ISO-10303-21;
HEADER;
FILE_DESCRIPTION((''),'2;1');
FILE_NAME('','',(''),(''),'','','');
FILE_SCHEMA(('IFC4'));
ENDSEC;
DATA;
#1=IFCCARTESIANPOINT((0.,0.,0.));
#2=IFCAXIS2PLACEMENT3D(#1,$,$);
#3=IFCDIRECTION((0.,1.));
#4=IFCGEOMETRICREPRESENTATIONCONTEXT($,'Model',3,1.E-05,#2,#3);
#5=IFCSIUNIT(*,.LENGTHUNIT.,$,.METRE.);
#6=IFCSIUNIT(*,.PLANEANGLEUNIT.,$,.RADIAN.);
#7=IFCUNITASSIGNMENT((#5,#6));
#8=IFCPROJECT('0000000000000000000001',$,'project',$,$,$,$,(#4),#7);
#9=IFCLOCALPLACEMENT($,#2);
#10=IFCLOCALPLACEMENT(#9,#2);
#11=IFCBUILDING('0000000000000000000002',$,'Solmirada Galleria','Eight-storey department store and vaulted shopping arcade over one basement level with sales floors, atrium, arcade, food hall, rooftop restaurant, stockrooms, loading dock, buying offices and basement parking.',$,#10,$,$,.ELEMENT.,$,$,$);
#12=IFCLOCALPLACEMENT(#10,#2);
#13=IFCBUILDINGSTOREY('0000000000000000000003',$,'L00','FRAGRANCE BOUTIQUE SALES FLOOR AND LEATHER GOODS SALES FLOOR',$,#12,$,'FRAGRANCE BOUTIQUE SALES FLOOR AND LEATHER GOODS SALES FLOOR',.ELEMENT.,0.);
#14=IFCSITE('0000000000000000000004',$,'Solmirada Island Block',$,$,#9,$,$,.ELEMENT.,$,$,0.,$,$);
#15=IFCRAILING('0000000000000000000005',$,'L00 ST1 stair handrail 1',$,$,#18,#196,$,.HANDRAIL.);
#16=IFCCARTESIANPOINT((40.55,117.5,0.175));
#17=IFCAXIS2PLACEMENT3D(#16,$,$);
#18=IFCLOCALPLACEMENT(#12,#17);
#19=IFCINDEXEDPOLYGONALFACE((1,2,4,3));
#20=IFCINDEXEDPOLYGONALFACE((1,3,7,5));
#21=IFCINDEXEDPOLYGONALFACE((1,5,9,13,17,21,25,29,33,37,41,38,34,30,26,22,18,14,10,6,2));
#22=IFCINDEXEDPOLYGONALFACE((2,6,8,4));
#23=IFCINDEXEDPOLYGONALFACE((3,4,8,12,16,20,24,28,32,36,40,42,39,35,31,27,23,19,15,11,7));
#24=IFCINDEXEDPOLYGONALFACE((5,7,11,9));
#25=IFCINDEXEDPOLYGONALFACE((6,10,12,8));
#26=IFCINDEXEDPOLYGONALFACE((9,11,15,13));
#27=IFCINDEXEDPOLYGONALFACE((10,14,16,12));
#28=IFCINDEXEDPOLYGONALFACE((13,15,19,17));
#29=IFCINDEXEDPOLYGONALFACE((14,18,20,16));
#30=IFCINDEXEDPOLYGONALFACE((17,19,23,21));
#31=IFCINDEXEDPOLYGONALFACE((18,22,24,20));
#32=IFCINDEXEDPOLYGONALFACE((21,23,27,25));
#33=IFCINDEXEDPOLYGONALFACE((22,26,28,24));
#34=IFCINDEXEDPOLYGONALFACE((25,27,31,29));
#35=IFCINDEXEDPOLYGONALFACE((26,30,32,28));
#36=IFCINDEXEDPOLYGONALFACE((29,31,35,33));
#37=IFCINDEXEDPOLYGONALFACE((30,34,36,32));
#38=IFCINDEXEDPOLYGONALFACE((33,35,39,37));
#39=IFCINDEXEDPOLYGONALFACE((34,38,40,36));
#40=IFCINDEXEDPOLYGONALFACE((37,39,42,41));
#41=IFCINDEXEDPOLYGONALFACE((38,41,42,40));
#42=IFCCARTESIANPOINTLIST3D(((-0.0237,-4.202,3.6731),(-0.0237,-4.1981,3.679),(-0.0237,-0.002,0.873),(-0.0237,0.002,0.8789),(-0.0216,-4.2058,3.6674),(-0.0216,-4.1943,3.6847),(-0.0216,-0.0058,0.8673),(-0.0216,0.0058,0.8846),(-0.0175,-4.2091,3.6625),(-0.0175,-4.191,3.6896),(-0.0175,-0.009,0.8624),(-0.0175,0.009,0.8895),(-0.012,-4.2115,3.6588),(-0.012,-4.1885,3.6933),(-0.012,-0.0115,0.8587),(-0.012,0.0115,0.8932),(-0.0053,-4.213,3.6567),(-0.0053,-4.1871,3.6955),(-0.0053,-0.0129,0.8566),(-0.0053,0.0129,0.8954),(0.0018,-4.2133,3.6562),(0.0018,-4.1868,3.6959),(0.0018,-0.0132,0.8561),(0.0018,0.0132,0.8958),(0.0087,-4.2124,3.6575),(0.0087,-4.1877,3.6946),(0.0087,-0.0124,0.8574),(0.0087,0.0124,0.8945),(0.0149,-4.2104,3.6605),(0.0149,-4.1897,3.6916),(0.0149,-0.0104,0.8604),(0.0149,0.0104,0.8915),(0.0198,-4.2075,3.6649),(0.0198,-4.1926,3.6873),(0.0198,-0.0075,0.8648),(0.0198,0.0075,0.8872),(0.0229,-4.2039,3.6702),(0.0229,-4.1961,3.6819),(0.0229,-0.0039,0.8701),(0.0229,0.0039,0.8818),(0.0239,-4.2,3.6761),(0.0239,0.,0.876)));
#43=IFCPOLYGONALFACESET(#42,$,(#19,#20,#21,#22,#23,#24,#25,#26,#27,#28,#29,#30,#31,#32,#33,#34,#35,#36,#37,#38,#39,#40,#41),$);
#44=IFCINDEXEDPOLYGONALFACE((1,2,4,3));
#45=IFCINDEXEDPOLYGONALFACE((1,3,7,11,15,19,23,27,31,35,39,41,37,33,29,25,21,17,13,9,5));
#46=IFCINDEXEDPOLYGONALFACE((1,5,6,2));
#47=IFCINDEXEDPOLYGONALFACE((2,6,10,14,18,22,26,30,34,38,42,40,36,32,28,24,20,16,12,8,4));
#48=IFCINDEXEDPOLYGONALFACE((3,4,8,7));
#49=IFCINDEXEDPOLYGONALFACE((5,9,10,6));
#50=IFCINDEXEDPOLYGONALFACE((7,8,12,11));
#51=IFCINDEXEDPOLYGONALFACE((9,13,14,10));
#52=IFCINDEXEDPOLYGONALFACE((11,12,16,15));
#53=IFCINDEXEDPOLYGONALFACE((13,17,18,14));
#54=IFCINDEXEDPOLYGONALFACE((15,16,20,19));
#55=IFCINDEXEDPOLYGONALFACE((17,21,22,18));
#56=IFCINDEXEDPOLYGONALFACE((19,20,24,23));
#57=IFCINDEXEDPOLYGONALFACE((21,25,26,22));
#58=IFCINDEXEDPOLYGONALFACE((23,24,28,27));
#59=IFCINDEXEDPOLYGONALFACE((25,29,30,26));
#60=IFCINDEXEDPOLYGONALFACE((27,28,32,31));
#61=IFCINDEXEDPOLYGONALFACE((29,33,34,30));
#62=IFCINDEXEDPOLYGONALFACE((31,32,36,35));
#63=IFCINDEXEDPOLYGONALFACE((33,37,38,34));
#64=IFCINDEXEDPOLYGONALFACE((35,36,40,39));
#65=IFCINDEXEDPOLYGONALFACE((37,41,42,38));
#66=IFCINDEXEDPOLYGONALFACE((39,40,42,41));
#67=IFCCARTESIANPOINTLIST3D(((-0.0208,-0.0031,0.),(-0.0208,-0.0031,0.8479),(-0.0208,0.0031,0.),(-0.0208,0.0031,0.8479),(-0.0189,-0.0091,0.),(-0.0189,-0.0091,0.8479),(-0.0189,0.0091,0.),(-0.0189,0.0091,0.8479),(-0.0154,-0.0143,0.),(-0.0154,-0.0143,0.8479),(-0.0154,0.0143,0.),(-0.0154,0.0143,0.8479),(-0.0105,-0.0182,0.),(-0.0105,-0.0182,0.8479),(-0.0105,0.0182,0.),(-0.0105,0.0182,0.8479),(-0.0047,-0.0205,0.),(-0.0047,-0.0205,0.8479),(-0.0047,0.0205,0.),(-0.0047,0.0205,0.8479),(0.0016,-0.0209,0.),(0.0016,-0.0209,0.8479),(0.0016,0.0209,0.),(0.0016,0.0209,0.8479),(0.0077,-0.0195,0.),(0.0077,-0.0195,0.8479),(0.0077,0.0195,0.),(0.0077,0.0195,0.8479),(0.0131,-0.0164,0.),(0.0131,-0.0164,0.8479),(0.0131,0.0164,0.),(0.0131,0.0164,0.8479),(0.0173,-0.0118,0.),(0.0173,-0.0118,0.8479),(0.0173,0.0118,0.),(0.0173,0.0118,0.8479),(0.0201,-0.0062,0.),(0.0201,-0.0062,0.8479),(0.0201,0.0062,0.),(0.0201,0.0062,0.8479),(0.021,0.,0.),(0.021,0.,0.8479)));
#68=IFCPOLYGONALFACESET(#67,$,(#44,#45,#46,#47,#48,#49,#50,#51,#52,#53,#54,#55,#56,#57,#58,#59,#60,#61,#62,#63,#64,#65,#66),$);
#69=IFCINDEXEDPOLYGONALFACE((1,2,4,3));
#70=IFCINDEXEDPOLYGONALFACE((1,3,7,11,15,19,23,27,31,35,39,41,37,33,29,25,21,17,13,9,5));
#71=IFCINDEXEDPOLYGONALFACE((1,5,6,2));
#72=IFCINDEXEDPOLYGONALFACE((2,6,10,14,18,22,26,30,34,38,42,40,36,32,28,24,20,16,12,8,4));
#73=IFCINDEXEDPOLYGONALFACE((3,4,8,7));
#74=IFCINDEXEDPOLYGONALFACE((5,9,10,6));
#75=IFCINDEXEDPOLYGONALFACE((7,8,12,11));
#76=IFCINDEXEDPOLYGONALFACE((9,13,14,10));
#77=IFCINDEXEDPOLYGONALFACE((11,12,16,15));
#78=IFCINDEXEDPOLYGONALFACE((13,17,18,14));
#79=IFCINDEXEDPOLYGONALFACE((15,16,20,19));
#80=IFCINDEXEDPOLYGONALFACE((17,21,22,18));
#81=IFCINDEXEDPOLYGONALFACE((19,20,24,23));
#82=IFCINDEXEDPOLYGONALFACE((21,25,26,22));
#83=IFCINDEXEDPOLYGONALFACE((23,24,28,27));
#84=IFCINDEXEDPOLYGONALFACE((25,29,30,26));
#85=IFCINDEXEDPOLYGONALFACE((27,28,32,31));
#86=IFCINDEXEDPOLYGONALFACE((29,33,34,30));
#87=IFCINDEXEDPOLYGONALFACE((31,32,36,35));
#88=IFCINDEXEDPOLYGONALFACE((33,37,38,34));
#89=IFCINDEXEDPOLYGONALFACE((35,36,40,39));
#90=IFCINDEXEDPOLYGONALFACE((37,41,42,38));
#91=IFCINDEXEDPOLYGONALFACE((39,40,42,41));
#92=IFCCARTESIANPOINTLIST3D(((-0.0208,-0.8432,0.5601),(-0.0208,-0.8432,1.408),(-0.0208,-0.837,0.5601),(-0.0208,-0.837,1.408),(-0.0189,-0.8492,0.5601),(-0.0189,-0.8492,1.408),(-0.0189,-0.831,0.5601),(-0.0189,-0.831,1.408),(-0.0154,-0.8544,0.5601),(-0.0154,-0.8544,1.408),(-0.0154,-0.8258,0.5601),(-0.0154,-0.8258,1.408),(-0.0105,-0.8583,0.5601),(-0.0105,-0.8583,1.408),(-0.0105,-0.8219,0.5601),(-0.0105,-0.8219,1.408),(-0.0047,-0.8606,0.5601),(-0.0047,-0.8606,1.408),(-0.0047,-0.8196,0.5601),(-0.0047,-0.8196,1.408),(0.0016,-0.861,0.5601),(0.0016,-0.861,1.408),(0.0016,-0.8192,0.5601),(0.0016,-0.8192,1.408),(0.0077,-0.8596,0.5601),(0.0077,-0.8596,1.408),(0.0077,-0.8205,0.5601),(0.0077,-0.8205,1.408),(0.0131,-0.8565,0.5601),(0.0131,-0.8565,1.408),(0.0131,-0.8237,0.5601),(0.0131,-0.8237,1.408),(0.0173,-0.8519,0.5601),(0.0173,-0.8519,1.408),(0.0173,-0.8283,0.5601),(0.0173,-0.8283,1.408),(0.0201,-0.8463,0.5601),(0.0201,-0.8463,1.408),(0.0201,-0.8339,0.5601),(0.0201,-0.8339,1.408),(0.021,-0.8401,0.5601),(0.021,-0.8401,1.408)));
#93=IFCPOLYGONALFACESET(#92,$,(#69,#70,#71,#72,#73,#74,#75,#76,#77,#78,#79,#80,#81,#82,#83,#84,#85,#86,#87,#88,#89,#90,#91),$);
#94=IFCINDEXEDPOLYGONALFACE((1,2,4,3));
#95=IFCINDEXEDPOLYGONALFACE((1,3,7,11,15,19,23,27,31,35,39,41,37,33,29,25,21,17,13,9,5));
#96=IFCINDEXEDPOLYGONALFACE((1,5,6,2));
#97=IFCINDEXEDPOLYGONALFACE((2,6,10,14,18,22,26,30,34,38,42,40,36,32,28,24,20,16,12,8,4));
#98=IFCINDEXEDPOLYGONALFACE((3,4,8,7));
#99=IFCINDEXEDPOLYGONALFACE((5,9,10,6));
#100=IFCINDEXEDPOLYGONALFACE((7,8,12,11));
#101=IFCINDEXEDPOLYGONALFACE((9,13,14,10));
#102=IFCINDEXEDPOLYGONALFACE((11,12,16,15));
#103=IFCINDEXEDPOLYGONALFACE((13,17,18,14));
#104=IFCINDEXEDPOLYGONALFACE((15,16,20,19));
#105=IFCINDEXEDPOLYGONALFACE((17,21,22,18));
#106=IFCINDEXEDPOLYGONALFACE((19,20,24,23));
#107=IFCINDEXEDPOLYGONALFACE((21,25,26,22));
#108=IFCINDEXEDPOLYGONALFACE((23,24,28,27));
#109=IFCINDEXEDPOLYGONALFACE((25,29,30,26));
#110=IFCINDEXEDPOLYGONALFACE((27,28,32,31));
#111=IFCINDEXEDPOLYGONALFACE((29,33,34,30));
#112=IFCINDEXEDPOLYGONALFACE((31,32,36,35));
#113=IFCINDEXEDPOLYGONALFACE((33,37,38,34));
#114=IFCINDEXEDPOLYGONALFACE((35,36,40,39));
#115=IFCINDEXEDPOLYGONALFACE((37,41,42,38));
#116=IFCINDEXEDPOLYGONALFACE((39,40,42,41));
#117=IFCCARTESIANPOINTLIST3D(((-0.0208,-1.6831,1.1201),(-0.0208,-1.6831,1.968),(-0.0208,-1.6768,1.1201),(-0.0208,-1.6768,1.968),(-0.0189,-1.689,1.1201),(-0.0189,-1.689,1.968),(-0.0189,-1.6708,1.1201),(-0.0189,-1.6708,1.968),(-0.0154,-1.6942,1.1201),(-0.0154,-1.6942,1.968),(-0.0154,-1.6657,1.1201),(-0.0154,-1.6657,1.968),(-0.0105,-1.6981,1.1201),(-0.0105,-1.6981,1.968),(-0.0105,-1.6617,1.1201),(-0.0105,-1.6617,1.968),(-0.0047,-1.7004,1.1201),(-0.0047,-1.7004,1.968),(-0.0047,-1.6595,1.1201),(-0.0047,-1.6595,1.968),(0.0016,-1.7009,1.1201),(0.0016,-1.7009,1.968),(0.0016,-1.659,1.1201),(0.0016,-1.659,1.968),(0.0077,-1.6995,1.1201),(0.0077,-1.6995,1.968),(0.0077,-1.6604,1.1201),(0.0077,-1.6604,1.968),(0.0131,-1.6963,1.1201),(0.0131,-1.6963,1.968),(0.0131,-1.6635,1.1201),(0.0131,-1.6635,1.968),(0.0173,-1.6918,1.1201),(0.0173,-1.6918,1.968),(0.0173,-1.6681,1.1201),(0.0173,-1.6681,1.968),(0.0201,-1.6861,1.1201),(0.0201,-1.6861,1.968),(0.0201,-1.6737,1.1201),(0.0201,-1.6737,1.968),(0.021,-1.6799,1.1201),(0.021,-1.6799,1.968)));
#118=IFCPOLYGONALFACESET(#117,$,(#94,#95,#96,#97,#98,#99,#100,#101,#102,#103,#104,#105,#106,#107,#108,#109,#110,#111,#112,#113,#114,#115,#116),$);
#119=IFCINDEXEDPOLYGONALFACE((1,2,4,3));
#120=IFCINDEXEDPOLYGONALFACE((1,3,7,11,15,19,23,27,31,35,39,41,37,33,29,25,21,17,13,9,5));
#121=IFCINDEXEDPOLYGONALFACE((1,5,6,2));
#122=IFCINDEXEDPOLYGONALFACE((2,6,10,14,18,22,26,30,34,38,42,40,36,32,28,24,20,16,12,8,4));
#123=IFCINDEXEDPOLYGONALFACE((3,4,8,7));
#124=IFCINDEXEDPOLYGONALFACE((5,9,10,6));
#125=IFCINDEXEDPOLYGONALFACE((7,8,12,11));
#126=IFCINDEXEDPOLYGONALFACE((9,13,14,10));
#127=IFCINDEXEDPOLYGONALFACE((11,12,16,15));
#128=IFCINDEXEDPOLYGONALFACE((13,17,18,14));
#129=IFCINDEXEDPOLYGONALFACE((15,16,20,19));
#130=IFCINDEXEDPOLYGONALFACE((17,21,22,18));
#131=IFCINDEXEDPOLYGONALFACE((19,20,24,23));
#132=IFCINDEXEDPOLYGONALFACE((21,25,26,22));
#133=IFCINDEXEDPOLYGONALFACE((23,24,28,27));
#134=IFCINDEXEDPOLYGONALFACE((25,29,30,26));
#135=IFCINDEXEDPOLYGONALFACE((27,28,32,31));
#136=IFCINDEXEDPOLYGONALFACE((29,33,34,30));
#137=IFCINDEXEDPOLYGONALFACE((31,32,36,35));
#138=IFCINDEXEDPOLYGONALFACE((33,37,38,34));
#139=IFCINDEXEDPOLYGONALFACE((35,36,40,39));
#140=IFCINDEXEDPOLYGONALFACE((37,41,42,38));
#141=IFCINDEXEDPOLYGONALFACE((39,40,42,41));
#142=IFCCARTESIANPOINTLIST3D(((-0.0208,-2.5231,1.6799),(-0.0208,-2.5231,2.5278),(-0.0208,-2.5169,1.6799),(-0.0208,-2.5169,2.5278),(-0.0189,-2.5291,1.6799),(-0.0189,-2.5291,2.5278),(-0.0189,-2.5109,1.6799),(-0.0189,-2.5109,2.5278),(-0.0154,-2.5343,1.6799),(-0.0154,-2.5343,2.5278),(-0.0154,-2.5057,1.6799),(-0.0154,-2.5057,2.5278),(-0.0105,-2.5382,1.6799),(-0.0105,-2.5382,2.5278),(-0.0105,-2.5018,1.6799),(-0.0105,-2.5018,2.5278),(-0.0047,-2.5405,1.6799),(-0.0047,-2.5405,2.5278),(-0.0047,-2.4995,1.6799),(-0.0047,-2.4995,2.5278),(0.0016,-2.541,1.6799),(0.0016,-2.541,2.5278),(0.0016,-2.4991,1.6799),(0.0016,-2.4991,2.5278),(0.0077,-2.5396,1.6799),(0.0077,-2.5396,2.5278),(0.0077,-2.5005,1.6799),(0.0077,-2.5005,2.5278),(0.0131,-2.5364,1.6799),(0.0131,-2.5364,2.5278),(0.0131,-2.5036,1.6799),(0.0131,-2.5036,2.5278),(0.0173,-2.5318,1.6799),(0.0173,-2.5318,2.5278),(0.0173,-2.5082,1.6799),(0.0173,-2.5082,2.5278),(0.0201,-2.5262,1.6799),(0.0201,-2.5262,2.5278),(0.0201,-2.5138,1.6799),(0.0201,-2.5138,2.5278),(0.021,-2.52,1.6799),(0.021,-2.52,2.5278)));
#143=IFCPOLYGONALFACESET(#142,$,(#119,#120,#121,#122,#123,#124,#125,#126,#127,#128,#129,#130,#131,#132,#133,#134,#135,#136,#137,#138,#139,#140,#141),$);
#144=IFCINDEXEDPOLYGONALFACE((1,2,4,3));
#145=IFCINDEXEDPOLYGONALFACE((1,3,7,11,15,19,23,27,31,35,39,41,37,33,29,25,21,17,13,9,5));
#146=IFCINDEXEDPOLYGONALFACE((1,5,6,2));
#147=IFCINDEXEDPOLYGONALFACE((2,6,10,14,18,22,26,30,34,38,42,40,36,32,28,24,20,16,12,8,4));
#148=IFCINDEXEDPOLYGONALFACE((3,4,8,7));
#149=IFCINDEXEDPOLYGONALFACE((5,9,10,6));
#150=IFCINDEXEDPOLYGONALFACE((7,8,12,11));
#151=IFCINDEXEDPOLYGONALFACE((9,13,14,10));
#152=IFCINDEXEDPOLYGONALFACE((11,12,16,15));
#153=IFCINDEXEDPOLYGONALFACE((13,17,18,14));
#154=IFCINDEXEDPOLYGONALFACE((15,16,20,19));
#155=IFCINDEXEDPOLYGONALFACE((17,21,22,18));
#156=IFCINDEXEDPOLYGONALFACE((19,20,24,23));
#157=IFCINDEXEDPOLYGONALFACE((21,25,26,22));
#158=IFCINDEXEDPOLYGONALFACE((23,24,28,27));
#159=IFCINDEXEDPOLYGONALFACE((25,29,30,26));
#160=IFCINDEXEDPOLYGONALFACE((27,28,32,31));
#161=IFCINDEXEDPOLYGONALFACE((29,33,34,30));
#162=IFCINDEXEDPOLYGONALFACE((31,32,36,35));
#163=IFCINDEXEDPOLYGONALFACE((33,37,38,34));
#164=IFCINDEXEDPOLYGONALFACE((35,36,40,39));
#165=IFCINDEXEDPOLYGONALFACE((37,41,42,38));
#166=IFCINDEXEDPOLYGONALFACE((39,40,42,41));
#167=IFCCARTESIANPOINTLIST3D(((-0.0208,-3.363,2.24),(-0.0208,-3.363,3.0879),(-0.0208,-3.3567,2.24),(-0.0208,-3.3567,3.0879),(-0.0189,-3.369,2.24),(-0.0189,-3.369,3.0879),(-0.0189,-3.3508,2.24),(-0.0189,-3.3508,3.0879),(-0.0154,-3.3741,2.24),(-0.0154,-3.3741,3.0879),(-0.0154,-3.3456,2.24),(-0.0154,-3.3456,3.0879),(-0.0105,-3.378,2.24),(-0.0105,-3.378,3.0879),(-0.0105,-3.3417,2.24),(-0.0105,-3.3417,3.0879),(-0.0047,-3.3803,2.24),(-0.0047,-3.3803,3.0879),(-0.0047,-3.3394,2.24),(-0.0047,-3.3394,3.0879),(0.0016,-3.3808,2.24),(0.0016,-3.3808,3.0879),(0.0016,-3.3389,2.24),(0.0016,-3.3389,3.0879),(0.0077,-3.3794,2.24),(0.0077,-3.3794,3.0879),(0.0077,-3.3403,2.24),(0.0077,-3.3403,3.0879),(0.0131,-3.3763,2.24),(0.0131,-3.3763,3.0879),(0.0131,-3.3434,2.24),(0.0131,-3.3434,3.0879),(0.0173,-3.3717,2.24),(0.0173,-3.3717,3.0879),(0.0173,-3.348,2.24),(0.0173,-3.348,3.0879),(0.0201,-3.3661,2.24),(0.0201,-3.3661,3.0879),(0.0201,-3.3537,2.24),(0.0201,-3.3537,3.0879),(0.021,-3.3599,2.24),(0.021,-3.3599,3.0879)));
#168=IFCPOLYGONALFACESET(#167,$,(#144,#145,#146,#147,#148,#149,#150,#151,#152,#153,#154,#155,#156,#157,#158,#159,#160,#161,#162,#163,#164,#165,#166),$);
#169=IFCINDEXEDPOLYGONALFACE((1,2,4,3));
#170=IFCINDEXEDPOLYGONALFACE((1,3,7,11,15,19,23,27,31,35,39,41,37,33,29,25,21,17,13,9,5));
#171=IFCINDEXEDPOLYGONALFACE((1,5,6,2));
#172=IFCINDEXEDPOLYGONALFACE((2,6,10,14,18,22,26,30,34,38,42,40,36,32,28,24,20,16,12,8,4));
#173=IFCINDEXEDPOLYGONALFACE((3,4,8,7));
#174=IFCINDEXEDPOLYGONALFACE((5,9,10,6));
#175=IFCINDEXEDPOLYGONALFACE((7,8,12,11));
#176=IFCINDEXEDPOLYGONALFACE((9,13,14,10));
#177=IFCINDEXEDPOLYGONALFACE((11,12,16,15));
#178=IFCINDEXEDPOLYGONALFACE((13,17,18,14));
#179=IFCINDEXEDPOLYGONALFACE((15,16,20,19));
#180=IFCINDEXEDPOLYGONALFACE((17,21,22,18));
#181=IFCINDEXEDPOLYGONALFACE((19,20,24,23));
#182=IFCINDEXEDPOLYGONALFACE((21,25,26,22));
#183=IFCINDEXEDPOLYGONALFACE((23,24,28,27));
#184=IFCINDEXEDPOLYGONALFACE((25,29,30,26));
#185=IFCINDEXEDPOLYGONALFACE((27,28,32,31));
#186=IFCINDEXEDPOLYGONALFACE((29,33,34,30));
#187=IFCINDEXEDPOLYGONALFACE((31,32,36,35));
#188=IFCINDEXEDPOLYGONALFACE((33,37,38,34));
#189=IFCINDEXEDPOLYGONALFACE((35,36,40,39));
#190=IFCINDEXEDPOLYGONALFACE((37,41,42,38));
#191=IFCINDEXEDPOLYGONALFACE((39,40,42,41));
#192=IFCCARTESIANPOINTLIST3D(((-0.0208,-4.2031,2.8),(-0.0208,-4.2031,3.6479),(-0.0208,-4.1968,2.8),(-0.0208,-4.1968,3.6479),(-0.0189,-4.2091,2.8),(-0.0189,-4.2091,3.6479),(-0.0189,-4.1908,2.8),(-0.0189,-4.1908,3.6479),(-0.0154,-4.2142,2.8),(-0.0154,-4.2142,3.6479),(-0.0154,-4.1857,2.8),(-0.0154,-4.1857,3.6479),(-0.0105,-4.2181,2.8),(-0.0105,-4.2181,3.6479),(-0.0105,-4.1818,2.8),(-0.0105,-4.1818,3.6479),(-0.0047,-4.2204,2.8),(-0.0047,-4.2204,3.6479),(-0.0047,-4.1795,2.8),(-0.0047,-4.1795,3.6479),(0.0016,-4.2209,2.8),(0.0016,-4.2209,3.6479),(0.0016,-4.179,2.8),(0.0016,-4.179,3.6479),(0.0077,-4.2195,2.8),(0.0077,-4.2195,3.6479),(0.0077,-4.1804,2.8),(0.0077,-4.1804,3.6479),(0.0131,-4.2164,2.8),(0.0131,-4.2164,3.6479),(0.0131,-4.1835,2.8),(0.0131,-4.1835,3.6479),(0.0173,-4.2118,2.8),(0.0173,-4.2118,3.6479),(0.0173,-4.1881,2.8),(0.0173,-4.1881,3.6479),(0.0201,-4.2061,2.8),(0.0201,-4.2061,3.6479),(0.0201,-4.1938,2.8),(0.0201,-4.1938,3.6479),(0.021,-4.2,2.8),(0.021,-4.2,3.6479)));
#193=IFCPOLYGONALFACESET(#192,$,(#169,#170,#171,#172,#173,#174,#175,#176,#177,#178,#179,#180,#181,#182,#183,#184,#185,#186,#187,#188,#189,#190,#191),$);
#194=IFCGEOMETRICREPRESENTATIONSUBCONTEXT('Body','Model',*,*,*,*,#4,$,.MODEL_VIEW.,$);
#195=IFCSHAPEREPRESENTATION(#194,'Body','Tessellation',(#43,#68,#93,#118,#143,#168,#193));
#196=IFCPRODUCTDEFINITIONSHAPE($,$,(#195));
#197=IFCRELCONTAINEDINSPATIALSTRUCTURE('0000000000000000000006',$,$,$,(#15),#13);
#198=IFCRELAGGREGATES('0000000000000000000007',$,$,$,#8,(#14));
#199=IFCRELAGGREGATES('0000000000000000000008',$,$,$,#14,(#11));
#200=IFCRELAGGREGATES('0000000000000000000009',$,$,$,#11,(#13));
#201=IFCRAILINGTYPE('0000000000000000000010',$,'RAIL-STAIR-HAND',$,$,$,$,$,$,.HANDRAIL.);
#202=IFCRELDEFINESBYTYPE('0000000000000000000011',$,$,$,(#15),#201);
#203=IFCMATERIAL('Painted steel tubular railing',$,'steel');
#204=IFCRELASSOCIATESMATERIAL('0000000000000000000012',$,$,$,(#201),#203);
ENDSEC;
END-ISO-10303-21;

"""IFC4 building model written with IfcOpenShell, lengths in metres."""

from ifc_helpers import new_model, si_unit, direction, frame, origin, origin_2d, place, context, subcontext, project, spatial, circle, extrude, material, type_object, element, save


model = new_model("IFC4")

# Units and contexts
model_context = context("Model", 3, precision=1e-05, world=origin(), true_north=direction((0.0, 1.0)))
body_context = subcontext(model_context, "Body", "Model", "MODEL_VIEW")
ifc_project = project(units=[si_unit("LENGTHUNIT", "METRE"), si_unit("PLANEANGLEUNIT", "RADIAN")], contexts=[model_context])

# Site, building, storey
site_placement = place(None, origin())
site = spatial("IfcSite", under=ifc_project, at=site_placement, Name="Solmirada Island Block", CompositionType="ELEMENT", RefElevation=0.0)
building_placement = place(site_placement, origin())
building = spatial("IfcBuilding", under=site, at=building_placement, Name="Solmirada Galleria", Description="Eight-storey department store and vaulted shopping arcade over one basement level with sales floors, atrium, arcade, food hall, rooftop restaurant, stockrooms, loading dock, buying offices and basement parking.", CompositionType="ELEMENT")
storey_placement = place(building_placement, origin())
storey = spatial("IfcBuildingStorey", under=building, at=storey_placement, Name="L00", Description="FRAGRANCE BOUTIQUE SALES FLOOR AND LEATHER GOODS SALES FLOOR", LongName="FRAGRANCE BOUTIQUE SALES FLOOR AND LEATHER GOODS SALES FLOOR", CompositionType="ELEMENT", Elevation=0.0)

# Railing
ifc_material_1 = material(Name="Painted steel tubular railing", Category="steel")
railing_type_1 = type_object("IfcRailingType", Name="RAIL-STAIR-HAND", PredefinedType="HANDRAIL", material=ifc_material_1)
railing_1_placement = place(storey_placement, frame((40.55, 117.5, 0.175)))
element("IfcRailing", 1, at=railing_1_placement, inside=storey, type_object=railing_type_1, Name="L00 ST1 stair handrail 1", PredefinedType="HANDRAIL", context=body_context, shape_type="SweptSolid", body=[
    extrude(circle(Radius=0.0239, at=origin_2d()), frame((0.0, 0.0, 0.876), z_axis=(0.0, -0.832043, 0.554711), x_axis=(1.0, 0.0, 0.0)), (0.0, 0.0, 1.0), 5.0479),
    extrude(circle(Radius=0.021, at=origin_2d()), origin(), (0.0, 0.0, 1.0), 0.8479),
    extrude(circle(Radius=0.021, at=origin_2d()), frame((0.0, -0.8401, 0.5601)), (0.0, 0.0, 1.0), 0.8479),
    extrude(circle(Radius=0.021, at=origin_2d()), frame((0.0, -1.6799, 1.1201)), (0.0, 0.0, 1.0), 0.8479),
    extrude(circle(Radius=0.021, at=origin_2d()), frame((0.0, -2.52, 1.6799)), (0.0, 0.0, 1.0), 0.8479),
    extrude(circle(Radius=0.021, at=origin_2d()), frame((0.0, -3.3599, 2.24)), (0.0, 0.0, 1.0), 0.8479),
    extrude(circle(Radius=0.021, at=origin_2d()), frame((0.0, -4.2, 2.8)), (0.0, 0.0, 1.0), 0.8479),
])

save(model, "model.ifc")
